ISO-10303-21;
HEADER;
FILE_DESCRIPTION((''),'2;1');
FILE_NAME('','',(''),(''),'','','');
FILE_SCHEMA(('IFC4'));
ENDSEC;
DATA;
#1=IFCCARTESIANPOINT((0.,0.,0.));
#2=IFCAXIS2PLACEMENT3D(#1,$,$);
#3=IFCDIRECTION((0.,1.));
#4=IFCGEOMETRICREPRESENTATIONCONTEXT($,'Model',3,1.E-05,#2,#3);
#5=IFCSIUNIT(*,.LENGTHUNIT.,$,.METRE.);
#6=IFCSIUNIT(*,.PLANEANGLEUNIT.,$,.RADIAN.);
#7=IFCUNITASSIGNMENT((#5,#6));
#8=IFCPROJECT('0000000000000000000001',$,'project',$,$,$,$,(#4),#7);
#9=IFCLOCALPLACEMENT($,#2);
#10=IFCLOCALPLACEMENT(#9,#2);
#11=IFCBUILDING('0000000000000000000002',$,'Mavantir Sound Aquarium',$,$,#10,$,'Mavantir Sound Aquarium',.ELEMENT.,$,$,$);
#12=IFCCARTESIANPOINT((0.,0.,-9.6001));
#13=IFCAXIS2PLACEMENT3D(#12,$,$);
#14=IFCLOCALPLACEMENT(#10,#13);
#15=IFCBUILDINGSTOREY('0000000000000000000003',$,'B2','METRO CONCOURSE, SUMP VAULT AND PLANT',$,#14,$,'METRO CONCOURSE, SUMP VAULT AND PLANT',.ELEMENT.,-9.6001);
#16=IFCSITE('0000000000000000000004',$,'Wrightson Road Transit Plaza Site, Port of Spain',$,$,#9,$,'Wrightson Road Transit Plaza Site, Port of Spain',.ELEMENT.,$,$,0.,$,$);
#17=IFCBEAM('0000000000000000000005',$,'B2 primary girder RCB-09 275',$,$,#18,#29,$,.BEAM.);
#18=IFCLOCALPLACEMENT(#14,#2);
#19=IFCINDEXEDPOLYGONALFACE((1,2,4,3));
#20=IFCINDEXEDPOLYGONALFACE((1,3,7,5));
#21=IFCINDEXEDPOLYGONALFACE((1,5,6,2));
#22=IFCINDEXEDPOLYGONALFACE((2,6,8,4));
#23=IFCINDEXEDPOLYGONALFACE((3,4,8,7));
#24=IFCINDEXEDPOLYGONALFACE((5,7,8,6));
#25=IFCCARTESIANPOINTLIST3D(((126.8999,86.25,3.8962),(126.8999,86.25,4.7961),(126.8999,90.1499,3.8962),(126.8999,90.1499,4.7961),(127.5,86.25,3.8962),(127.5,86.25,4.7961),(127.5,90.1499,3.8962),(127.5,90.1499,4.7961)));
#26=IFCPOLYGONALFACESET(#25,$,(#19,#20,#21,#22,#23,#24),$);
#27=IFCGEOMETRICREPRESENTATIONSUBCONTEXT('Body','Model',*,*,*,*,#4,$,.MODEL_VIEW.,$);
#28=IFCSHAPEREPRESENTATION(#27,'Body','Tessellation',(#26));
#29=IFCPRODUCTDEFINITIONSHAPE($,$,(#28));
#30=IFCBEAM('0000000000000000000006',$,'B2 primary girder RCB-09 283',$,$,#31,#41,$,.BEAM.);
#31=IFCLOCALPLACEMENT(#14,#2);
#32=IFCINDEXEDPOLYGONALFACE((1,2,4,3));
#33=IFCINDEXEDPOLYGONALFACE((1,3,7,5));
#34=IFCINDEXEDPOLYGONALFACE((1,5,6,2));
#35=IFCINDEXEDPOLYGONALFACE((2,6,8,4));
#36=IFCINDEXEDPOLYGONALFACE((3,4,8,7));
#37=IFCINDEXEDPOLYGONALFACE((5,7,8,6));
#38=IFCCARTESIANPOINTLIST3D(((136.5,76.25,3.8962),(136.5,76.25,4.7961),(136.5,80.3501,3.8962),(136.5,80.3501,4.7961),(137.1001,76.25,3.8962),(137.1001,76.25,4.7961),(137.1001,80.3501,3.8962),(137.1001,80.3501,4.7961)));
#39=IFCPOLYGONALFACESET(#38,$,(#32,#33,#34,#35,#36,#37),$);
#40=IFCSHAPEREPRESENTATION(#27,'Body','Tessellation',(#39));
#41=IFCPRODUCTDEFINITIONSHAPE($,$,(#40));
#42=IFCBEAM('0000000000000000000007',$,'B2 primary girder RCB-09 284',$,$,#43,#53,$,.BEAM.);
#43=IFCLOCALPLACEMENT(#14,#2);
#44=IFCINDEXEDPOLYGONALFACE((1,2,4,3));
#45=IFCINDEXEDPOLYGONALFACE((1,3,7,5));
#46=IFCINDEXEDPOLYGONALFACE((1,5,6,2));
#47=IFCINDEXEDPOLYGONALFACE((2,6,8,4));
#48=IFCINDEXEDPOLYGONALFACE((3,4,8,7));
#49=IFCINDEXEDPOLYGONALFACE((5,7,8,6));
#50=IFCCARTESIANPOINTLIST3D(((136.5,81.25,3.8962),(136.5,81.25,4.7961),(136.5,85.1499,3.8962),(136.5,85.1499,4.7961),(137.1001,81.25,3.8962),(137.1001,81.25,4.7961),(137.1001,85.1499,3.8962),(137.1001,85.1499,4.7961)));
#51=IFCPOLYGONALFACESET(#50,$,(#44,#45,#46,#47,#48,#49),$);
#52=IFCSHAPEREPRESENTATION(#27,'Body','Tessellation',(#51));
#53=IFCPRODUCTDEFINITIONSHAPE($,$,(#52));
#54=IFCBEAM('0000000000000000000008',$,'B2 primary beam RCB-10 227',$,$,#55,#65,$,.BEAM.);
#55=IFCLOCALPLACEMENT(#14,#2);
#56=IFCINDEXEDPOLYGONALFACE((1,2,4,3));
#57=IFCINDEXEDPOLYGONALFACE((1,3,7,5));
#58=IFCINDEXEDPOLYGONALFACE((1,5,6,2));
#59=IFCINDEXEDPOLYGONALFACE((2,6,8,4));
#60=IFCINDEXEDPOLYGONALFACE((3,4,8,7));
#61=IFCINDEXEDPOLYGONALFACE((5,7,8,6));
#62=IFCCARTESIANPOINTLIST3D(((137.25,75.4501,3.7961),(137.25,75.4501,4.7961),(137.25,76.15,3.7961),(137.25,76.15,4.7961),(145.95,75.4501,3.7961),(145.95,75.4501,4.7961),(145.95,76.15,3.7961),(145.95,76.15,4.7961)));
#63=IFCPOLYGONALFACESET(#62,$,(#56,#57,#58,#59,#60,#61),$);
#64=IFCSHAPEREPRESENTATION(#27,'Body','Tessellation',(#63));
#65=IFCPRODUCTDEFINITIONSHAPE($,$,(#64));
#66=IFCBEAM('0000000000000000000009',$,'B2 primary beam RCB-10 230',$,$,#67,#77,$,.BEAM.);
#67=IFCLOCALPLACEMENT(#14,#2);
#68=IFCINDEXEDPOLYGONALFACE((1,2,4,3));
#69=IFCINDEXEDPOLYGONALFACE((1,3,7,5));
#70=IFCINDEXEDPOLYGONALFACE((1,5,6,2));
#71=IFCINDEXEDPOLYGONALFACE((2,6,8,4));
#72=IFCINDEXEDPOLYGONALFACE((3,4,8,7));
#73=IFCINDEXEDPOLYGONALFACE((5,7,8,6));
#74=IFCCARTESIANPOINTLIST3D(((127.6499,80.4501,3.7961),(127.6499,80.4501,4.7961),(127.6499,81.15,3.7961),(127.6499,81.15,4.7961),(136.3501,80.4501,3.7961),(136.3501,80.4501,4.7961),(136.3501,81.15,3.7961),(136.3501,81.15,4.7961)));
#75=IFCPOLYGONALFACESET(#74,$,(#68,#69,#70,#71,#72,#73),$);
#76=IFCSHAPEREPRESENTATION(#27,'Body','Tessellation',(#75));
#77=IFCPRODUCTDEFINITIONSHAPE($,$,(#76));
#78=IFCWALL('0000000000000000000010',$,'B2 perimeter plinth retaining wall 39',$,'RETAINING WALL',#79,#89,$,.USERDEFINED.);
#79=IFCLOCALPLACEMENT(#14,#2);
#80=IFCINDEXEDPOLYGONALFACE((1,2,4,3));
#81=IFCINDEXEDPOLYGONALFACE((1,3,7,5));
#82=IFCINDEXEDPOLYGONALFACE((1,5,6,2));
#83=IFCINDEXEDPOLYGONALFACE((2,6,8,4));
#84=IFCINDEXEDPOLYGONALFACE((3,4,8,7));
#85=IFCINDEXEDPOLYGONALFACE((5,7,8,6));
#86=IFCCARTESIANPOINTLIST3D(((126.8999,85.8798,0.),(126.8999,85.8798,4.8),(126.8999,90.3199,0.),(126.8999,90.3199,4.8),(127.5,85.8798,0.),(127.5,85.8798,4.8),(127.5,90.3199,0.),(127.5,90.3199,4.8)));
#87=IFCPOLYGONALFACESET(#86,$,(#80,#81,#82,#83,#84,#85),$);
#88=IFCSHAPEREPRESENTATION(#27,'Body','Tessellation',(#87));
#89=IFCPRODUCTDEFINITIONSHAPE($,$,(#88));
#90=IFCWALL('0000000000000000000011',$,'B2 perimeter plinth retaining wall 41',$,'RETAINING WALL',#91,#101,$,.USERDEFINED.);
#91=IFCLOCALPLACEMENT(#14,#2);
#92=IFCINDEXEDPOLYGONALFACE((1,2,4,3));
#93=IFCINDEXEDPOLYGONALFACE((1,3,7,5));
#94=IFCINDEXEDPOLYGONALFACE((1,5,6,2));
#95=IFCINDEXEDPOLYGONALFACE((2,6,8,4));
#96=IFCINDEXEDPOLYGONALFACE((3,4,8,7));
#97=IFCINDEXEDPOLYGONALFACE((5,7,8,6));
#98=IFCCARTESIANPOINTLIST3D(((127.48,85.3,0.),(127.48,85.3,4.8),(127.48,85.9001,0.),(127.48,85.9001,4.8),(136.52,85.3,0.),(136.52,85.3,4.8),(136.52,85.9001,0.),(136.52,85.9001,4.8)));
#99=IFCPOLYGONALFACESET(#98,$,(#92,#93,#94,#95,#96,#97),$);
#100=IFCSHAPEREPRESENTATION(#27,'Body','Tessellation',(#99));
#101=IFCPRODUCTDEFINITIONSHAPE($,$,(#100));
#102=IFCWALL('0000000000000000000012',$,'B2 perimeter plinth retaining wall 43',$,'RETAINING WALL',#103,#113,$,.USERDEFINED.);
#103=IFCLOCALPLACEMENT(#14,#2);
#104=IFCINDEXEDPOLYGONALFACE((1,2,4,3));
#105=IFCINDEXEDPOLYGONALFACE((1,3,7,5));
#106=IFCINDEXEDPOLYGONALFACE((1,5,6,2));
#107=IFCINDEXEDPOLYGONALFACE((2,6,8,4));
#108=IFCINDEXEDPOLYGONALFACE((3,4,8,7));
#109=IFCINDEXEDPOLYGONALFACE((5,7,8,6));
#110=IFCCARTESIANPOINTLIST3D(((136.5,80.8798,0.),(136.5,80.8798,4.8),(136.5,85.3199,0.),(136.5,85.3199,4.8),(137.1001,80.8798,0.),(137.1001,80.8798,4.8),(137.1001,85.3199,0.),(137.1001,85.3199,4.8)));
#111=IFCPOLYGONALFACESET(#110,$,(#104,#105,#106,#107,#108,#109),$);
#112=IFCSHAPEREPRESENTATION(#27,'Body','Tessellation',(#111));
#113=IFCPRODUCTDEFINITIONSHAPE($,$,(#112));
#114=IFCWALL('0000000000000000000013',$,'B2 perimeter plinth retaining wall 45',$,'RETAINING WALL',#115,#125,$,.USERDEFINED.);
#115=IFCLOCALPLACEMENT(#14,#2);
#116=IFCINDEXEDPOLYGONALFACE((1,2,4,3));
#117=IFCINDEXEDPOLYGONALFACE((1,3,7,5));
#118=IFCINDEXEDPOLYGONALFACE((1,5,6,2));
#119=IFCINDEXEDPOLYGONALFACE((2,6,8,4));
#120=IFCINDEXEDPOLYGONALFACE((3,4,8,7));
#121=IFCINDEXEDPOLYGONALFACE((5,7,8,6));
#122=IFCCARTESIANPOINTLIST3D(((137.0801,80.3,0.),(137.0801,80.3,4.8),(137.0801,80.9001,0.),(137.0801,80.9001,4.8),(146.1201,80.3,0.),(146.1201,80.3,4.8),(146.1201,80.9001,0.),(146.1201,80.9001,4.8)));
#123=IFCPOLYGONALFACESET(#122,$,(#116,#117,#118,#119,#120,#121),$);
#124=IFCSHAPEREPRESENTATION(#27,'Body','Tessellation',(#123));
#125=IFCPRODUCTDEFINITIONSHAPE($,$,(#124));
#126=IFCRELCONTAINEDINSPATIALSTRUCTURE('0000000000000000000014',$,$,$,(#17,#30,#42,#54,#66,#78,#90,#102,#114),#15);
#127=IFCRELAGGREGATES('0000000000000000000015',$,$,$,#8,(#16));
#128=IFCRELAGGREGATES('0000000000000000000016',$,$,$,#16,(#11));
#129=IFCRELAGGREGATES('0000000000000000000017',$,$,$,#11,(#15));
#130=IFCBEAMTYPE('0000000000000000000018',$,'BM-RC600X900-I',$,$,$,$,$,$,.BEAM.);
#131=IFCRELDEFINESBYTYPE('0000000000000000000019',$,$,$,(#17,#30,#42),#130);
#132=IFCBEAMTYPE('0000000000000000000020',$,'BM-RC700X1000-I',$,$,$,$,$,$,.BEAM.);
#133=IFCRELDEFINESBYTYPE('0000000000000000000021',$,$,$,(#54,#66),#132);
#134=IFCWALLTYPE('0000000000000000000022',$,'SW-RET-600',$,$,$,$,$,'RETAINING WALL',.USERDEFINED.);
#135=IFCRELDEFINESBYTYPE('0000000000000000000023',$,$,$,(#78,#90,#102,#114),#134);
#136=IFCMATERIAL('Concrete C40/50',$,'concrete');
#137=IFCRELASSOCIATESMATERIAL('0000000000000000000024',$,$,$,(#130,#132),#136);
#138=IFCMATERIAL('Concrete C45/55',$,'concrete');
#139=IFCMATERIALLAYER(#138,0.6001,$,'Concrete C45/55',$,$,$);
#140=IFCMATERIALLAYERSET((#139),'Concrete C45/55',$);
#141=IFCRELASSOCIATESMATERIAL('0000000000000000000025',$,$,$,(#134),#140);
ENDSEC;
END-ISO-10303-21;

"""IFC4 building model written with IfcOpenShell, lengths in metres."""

from ifc_helpers import new_model, si_unit, direction, frame, frame_2d, origin, origin_2d, place, context, subcontext, project, spatial, rectangle, extrude, material, layer, layer_set, material_profile, profile_set, type_object, element, save


model = new_model("IFC4")

# Units and contexts
model_context = context("Model", 3, precision=1e-05, world=origin(), true_north=direction((0.0, 1.0)))
body_context = subcontext(model_context, "Body", "Model", "MODEL_VIEW")
ifc_project = project(units=[si_unit("LENGTHUNIT", "METRE"), si_unit("PLANEANGLEUNIT", "RADIAN")], contexts=[model_context])

# Site, building, storey
site_placement = place(None, origin())
site = spatial("IfcSite", under=ifc_project, at=site_placement, Name="Wrightson Road Transit Plaza Site, Port of Spain", LongName="Wrightson Road Transit Plaza Site, Port of Spain", CompositionType="ELEMENT", RefElevation=0.0)
building_placement = place(site_placement, origin())
building = spatial("IfcBuilding", under=site, at=building_placement, Name="Mavantir Sound Aquarium", LongName="Mavantir Sound Aquarium", CompositionType="ELEMENT")
storey_placement = place(building_placement, frame((0.0, 0.0, -9.6001)))
storey = spatial("IfcBuildingStorey", under=building, at=storey_placement, Name="B2", Description="METRO CONCOURSE, SUMP VAULT AND PLANT", LongName="METRO CONCOURSE, SUMP VAULT AND PLANT", CompositionType="ELEMENT", Elevation=-9.6001)

# Shared definitions
ifc_material_1 = material(Name="Concrete C40/50", Category="concrete")

# Beams
ifc_material_profile_1 = material_profile(ifc_material_1, rectangle(XDim=0.6001, YDim=0.8999, at=origin_2d()), Name="RC 600X900")
ifc_profile_set_1 = profile_set([ifc_material_profile_1], Name="Concrete C40/50")
beam_type_1 = type_object("IfcBeamType", Name="BM-RC600X900-I", PredefinedType="BEAM", material=ifc_profile_set_1)
beam_1_placement = place(storey_placement, frame((127.2, 86.25, 4.3462), z_axis=(0.0, 1.0, 0.0), x_axis=(-1.0, 0.0, 0.0)))
element("IfcBeam", 1, at=beam_1_placement, inside=storey, type_object=beam_type_1, Name="B2 primary girder RCB-09 275", PredefinedType="BEAM", context=body_context, shape_type="SweptSolid", body=[
    extrude(rectangle(XDim=0.6001, YDim=0.8999, at=origin_2d()), origin(), (0.0, 0.0, 1.0), 3.8999),
])
beam_2_placement = place(storey_placement, frame((136.8, 76.25, 4.3462), z_axis=(0.0, 1.0, 0.0), x_axis=(-1.0, 0.0, 0.0)))
element("IfcBeam", 2, at=beam_2_placement, inside=storey, type_object=beam_type_1, Name="B2 primary girder RCB-09 283", PredefinedType="BEAM", context=body_context, shape_type="SweptSolid", body=[
    extrude(rectangle(XDim=0.6001, YDim=0.8999, at=origin_2d()), origin(), (0.0, 0.0, 1.0), 4.1001),
])
beam_3_placement = place(storey_placement, frame((136.8, 81.25, 4.3462), z_axis=(0.0, 1.0, 0.0), x_axis=(-1.0, 0.0, 0.0)))
element("IfcBeam", 3, at=beam_3_placement, inside=storey, type_object=beam_type_1, Name="B2 primary girder RCB-09 284", PredefinedType="BEAM", context=body_context, shape_type="SweptSolid", body=[
    extrude(rectangle(XDim=0.6001, YDim=0.8999, at=origin_2d()), origin(), (0.0, 0.0, 1.0), 3.8999),
])
ifc_material_profile_2 = material_profile(ifc_material_1, rectangle(XDim=0.7, YDim=1.0, at=origin_2d()), Name="RC 700X1000")
ifc_profile_set_2 = profile_set([ifc_material_profile_2], Name="Concrete C40/50")
beam_type_2 = type_object("IfcBeamType", Name="BM-RC700X1000-I", PredefinedType="BEAM", material=ifc_profile_set_2)
beam_4_placement = place(storey_placement, frame((137.25, 75.8, 4.2961), z_axis=(1.0, 0.0, 0.0), x_axis=(0.0, 1.0, 0.0)))
element("IfcBeam", 4, at=beam_4_placement, inside=storey, type_object=beam_type_2, Name="B2 primary beam RCB-10 227", PredefinedType="BEAM", context=body_context, shape_type="SweptSolid", body=[
    extrude(rectangle(XDim=0.7, YDim=1.0, at=origin_2d()), origin(), (0.0, 0.0, 1.0), 8.7),
])
beam_5_placement = place(storey_placement, frame((127.6499, 80.8, 4.2961), z_axis=(1.0, 0.0, 0.0), x_axis=(0.0, 1.0, 0.0)))
element("IfcBeam", 5, at=beam_5_placement, inside=storey, type_object=beam_type_2, Name="B2 primary beam RCB-10 230", PredefinedType="BEAM", context=body_context, shape_type="SweptSolid", body=[
    extrude(rectangle(XDim=0.7, YDim=1.0, at=origin_2d()), origin(), (0.0, 0.0, 1.0), 8.7002),
])

# Walls
ifc_material_2 = material(Name="Concrete C45/55", Category="concrete")
ifc_layer = layer(ifc_material_2, 0.6001, Name="Concrete C45/55")
ifc_layer_set = layer_set([ifc_layer], Name="Concrete C45/55")
wall_type = type_object("IfcWallType", Name="SW-RET-600", ElementType="RETAINING WALL", PredefinedType="USERDEFINED", material=ifc_layer_set)
wall_1_placement = place(storey_placement, frame((127.2, 90.3201, 0.0), z_axis=(0.0, 0.0, 1.0), x_axis=(0.0, -1.0, 0.0)))
element("IfcWall", 6, at=wall_1_placement, inside=storey, type_object=wall_type, Name="B2 perimeter plinth retaining wall 39", ObjectType="RETAINING WALL", PredefinedType="USERDEFINED", context=body_context, shape_type="SweptSolid", body=[
    extrude(rectangle(XDim=4.4402, YDim=0.6001, at=frame_2d((2.2202, 0.0))), origin(), (0.0, 0.0, 1.0), 4.8),
])
wall_2_placement = place(storey_placement, frame((127.48, 85.6001, 0.0), z_axis=(0.0, 0.0, 1.0), x_axis=(1.0, 0.0, 0.0)))
element("IfcWall", 7, at=wall_2_placement, inside=storey, type_object=wall_type, Name="B2 perimeter plinth retaining wall 41", ObjectType="RETAINING WALL", PredefinedType="USERDEFINED", context=body_context, shape_type="SweptSolid", body=[
    extrude(rectangle(XDim=9.04, YDim=0.6001, at=frame_2d((4.52, 0.0))), origin(), (0.0, 0.0, 1.0), 4.8),
])
wall_3_placement = place(storey_placement, frame((136.8, 85.3201, 0.0), z_axis=(0.0, 0.0, 1.0), x_axis=(0.0, -1.0, 0.0)))
element("IfcWall", 8, at=wall_3_placement, inside=storey, type_object=wall_type, Name="B2 perimeter plinth retaining wall 43", ObjectType="RETAINING WALL", PredefinedType="USERDEFINED", context=body_context, shape_type="SweptSolid", body=[
    extrude(rectangle(XDim=4.4402, YDim=0.6001, at=frame_2d((2.2202, 0.0))), origin(), (0.0, 0.0, 1.0), 4.8),
])
wall_4_placement = place(storey_placement, frame((137.0801, 80.6001, 0.0), z_axis=(0.0, 0.0, 1.0), x_axis=(1.0, 0.0, 0.0)))
element("IfcWall", 9, at=wall_4_placement, inside=storey, type_object=wall_type, Name="B2 perimeter plinth retaining wall 45", ObjectType="RETAINING WALL", PredefinedType="USERDEFINED", context=body_context, shape_type="SweptSolid", body=[
    extrude(rectangle(XDim=9.04, YDim=0.6001, at=frame_2d((4.52, 0.0))), origin(), (0.0, 0.0, 1.0), 4.8),
])

save(model, "model.ifc")
